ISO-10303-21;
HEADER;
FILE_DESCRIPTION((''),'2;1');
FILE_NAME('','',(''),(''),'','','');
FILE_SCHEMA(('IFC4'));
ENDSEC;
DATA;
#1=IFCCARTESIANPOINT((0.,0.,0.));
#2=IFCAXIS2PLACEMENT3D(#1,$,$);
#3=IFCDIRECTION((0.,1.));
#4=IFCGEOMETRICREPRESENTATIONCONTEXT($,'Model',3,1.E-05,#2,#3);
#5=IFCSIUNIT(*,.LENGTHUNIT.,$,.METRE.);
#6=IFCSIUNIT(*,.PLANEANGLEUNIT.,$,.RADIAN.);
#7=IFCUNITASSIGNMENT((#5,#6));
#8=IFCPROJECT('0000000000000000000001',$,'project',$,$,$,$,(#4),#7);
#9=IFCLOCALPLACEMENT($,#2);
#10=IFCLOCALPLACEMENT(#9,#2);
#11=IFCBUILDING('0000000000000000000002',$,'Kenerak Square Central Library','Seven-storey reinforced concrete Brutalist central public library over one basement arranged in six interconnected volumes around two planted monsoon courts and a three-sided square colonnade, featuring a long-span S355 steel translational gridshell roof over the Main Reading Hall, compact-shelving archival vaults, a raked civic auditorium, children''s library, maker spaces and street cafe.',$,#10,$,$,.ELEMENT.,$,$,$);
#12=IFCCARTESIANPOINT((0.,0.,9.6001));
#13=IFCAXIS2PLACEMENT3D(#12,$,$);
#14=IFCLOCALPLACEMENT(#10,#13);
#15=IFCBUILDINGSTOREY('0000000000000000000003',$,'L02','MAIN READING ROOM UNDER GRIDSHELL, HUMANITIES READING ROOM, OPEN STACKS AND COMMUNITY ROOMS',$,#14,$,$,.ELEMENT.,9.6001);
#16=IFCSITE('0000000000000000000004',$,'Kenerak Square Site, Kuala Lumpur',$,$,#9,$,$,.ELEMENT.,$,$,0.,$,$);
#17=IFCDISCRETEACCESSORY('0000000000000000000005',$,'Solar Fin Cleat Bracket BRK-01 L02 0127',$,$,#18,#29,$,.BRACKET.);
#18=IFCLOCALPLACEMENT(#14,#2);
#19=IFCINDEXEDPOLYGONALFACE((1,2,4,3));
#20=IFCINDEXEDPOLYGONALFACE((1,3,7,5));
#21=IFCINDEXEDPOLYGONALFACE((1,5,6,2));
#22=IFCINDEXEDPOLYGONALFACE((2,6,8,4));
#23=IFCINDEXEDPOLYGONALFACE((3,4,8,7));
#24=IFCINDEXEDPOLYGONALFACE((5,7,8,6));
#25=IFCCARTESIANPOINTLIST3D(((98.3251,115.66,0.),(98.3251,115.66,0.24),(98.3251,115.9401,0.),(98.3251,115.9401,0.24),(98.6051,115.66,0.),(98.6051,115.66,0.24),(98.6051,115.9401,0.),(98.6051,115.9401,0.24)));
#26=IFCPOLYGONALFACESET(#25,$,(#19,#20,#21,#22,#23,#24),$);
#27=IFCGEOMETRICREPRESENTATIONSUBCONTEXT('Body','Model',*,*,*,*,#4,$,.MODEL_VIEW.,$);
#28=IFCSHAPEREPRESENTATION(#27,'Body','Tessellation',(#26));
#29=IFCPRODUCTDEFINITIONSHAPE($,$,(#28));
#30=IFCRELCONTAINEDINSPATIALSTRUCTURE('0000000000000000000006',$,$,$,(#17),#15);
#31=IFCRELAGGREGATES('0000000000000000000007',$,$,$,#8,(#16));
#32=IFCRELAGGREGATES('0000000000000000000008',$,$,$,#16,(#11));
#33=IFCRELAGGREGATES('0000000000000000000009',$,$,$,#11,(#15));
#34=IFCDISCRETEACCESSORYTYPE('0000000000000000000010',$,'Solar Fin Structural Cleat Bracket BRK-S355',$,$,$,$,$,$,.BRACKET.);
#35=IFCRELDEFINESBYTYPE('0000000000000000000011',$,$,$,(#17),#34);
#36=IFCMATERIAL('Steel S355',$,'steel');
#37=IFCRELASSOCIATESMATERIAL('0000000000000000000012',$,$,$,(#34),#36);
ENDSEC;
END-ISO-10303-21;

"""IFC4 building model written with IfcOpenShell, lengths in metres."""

from ifc_helpers import new_model, si_unit, direction, frame, origin, origin_2d, place, context, subcontext, project, spatial, rectangle, extrude, material, type_object, element, save


model = new_model("IFC4")

# Units and contexts
model_context = context("Model", 3, precision=1e-05, world=origin(), true_north=direction((0.0, 1.0)))
body_context = subcontext(model_context, "Body", "Model", "MODEL_VIEW")
ifc_project = project(units=[si_unit("LENGTHUNIT", "METRE"), si_unit("PLANEANGLEUNIT", "RADIAN")], contexts=[model_context])

# Site, building, storey
site_placement = place(None, origin())
site = spatial("IfcSite", under=ifc_project, at=site_placement, Name="Kenerak Square Site, Kuala Lumpur", CompositionType="ELEMENT", RefElevation=0.0)
building_placement = place(site_placement, origin())
building = spatial("IfcBuilding", under=site, at=building_placement, Name="Kenerak Square Central Library", Description="Seven-storey reinforced concrete Brutalist central public library over one basement arranged in six interconnected volumes around two planted monsoon courts and a three-sided square colonnade, featuring a long-span S355 steel translational gridshell roof over the Main Reading Hall, compact-shelving archival vaults, a raked civic auditorium, children's library, maker spaces and street cafe.", CompositionType="ELEMENT")
storey_placement = place(building_placement, frame((0.0, 0.0, 9.6001)))
storey = spatial("IfcBuildingStorey", under=building, at=storey_placement, Name="L02", Description="MAIN READING ROOM UNDER GRIDSHELL, HUMANITIES READING ROOM, OPEN STACKS AND COMMUNITY ROOMS", CompositionType="ELEMENT", Elevation=9.6001)

# Discrete accessory
ifc_material_1 = material(Name="Steel S355", Category="steel")
discrete_accessory_type = type_object("IfcDiscreteAccessoryType", Name="Solar Fin Structural Cleat Bracket BRK-S355", PredefinedType="BRACKET", material=ifc_material_1)
for number, where, z_axis, x_axis, name in (
    (1, (98.4651, 115.8, 0.0), (0.0, 0.0, 1.0), (1.0, 0.0, 0.0), "Solar Fin Cleat Bracket BRK-01 L02 0127"),
):
    element("IfcDiscreteAccessory", number, at=place(storey_placement, frame(where, z_axis=z_axis, x_axis=x_axis)), inside=storey, type_object=discrete_accessory_type, Name=name, PredefinedType="BRACKET", context=body_context, shape_type="SweptSolid", body=[
        extrude(rectangle(XDim=0.28, YDim=0.28, at=origin_2d()), origin(), (0.0, 0.0, 1.0), 0.24),
    ])

save(model, "model.ifc")
